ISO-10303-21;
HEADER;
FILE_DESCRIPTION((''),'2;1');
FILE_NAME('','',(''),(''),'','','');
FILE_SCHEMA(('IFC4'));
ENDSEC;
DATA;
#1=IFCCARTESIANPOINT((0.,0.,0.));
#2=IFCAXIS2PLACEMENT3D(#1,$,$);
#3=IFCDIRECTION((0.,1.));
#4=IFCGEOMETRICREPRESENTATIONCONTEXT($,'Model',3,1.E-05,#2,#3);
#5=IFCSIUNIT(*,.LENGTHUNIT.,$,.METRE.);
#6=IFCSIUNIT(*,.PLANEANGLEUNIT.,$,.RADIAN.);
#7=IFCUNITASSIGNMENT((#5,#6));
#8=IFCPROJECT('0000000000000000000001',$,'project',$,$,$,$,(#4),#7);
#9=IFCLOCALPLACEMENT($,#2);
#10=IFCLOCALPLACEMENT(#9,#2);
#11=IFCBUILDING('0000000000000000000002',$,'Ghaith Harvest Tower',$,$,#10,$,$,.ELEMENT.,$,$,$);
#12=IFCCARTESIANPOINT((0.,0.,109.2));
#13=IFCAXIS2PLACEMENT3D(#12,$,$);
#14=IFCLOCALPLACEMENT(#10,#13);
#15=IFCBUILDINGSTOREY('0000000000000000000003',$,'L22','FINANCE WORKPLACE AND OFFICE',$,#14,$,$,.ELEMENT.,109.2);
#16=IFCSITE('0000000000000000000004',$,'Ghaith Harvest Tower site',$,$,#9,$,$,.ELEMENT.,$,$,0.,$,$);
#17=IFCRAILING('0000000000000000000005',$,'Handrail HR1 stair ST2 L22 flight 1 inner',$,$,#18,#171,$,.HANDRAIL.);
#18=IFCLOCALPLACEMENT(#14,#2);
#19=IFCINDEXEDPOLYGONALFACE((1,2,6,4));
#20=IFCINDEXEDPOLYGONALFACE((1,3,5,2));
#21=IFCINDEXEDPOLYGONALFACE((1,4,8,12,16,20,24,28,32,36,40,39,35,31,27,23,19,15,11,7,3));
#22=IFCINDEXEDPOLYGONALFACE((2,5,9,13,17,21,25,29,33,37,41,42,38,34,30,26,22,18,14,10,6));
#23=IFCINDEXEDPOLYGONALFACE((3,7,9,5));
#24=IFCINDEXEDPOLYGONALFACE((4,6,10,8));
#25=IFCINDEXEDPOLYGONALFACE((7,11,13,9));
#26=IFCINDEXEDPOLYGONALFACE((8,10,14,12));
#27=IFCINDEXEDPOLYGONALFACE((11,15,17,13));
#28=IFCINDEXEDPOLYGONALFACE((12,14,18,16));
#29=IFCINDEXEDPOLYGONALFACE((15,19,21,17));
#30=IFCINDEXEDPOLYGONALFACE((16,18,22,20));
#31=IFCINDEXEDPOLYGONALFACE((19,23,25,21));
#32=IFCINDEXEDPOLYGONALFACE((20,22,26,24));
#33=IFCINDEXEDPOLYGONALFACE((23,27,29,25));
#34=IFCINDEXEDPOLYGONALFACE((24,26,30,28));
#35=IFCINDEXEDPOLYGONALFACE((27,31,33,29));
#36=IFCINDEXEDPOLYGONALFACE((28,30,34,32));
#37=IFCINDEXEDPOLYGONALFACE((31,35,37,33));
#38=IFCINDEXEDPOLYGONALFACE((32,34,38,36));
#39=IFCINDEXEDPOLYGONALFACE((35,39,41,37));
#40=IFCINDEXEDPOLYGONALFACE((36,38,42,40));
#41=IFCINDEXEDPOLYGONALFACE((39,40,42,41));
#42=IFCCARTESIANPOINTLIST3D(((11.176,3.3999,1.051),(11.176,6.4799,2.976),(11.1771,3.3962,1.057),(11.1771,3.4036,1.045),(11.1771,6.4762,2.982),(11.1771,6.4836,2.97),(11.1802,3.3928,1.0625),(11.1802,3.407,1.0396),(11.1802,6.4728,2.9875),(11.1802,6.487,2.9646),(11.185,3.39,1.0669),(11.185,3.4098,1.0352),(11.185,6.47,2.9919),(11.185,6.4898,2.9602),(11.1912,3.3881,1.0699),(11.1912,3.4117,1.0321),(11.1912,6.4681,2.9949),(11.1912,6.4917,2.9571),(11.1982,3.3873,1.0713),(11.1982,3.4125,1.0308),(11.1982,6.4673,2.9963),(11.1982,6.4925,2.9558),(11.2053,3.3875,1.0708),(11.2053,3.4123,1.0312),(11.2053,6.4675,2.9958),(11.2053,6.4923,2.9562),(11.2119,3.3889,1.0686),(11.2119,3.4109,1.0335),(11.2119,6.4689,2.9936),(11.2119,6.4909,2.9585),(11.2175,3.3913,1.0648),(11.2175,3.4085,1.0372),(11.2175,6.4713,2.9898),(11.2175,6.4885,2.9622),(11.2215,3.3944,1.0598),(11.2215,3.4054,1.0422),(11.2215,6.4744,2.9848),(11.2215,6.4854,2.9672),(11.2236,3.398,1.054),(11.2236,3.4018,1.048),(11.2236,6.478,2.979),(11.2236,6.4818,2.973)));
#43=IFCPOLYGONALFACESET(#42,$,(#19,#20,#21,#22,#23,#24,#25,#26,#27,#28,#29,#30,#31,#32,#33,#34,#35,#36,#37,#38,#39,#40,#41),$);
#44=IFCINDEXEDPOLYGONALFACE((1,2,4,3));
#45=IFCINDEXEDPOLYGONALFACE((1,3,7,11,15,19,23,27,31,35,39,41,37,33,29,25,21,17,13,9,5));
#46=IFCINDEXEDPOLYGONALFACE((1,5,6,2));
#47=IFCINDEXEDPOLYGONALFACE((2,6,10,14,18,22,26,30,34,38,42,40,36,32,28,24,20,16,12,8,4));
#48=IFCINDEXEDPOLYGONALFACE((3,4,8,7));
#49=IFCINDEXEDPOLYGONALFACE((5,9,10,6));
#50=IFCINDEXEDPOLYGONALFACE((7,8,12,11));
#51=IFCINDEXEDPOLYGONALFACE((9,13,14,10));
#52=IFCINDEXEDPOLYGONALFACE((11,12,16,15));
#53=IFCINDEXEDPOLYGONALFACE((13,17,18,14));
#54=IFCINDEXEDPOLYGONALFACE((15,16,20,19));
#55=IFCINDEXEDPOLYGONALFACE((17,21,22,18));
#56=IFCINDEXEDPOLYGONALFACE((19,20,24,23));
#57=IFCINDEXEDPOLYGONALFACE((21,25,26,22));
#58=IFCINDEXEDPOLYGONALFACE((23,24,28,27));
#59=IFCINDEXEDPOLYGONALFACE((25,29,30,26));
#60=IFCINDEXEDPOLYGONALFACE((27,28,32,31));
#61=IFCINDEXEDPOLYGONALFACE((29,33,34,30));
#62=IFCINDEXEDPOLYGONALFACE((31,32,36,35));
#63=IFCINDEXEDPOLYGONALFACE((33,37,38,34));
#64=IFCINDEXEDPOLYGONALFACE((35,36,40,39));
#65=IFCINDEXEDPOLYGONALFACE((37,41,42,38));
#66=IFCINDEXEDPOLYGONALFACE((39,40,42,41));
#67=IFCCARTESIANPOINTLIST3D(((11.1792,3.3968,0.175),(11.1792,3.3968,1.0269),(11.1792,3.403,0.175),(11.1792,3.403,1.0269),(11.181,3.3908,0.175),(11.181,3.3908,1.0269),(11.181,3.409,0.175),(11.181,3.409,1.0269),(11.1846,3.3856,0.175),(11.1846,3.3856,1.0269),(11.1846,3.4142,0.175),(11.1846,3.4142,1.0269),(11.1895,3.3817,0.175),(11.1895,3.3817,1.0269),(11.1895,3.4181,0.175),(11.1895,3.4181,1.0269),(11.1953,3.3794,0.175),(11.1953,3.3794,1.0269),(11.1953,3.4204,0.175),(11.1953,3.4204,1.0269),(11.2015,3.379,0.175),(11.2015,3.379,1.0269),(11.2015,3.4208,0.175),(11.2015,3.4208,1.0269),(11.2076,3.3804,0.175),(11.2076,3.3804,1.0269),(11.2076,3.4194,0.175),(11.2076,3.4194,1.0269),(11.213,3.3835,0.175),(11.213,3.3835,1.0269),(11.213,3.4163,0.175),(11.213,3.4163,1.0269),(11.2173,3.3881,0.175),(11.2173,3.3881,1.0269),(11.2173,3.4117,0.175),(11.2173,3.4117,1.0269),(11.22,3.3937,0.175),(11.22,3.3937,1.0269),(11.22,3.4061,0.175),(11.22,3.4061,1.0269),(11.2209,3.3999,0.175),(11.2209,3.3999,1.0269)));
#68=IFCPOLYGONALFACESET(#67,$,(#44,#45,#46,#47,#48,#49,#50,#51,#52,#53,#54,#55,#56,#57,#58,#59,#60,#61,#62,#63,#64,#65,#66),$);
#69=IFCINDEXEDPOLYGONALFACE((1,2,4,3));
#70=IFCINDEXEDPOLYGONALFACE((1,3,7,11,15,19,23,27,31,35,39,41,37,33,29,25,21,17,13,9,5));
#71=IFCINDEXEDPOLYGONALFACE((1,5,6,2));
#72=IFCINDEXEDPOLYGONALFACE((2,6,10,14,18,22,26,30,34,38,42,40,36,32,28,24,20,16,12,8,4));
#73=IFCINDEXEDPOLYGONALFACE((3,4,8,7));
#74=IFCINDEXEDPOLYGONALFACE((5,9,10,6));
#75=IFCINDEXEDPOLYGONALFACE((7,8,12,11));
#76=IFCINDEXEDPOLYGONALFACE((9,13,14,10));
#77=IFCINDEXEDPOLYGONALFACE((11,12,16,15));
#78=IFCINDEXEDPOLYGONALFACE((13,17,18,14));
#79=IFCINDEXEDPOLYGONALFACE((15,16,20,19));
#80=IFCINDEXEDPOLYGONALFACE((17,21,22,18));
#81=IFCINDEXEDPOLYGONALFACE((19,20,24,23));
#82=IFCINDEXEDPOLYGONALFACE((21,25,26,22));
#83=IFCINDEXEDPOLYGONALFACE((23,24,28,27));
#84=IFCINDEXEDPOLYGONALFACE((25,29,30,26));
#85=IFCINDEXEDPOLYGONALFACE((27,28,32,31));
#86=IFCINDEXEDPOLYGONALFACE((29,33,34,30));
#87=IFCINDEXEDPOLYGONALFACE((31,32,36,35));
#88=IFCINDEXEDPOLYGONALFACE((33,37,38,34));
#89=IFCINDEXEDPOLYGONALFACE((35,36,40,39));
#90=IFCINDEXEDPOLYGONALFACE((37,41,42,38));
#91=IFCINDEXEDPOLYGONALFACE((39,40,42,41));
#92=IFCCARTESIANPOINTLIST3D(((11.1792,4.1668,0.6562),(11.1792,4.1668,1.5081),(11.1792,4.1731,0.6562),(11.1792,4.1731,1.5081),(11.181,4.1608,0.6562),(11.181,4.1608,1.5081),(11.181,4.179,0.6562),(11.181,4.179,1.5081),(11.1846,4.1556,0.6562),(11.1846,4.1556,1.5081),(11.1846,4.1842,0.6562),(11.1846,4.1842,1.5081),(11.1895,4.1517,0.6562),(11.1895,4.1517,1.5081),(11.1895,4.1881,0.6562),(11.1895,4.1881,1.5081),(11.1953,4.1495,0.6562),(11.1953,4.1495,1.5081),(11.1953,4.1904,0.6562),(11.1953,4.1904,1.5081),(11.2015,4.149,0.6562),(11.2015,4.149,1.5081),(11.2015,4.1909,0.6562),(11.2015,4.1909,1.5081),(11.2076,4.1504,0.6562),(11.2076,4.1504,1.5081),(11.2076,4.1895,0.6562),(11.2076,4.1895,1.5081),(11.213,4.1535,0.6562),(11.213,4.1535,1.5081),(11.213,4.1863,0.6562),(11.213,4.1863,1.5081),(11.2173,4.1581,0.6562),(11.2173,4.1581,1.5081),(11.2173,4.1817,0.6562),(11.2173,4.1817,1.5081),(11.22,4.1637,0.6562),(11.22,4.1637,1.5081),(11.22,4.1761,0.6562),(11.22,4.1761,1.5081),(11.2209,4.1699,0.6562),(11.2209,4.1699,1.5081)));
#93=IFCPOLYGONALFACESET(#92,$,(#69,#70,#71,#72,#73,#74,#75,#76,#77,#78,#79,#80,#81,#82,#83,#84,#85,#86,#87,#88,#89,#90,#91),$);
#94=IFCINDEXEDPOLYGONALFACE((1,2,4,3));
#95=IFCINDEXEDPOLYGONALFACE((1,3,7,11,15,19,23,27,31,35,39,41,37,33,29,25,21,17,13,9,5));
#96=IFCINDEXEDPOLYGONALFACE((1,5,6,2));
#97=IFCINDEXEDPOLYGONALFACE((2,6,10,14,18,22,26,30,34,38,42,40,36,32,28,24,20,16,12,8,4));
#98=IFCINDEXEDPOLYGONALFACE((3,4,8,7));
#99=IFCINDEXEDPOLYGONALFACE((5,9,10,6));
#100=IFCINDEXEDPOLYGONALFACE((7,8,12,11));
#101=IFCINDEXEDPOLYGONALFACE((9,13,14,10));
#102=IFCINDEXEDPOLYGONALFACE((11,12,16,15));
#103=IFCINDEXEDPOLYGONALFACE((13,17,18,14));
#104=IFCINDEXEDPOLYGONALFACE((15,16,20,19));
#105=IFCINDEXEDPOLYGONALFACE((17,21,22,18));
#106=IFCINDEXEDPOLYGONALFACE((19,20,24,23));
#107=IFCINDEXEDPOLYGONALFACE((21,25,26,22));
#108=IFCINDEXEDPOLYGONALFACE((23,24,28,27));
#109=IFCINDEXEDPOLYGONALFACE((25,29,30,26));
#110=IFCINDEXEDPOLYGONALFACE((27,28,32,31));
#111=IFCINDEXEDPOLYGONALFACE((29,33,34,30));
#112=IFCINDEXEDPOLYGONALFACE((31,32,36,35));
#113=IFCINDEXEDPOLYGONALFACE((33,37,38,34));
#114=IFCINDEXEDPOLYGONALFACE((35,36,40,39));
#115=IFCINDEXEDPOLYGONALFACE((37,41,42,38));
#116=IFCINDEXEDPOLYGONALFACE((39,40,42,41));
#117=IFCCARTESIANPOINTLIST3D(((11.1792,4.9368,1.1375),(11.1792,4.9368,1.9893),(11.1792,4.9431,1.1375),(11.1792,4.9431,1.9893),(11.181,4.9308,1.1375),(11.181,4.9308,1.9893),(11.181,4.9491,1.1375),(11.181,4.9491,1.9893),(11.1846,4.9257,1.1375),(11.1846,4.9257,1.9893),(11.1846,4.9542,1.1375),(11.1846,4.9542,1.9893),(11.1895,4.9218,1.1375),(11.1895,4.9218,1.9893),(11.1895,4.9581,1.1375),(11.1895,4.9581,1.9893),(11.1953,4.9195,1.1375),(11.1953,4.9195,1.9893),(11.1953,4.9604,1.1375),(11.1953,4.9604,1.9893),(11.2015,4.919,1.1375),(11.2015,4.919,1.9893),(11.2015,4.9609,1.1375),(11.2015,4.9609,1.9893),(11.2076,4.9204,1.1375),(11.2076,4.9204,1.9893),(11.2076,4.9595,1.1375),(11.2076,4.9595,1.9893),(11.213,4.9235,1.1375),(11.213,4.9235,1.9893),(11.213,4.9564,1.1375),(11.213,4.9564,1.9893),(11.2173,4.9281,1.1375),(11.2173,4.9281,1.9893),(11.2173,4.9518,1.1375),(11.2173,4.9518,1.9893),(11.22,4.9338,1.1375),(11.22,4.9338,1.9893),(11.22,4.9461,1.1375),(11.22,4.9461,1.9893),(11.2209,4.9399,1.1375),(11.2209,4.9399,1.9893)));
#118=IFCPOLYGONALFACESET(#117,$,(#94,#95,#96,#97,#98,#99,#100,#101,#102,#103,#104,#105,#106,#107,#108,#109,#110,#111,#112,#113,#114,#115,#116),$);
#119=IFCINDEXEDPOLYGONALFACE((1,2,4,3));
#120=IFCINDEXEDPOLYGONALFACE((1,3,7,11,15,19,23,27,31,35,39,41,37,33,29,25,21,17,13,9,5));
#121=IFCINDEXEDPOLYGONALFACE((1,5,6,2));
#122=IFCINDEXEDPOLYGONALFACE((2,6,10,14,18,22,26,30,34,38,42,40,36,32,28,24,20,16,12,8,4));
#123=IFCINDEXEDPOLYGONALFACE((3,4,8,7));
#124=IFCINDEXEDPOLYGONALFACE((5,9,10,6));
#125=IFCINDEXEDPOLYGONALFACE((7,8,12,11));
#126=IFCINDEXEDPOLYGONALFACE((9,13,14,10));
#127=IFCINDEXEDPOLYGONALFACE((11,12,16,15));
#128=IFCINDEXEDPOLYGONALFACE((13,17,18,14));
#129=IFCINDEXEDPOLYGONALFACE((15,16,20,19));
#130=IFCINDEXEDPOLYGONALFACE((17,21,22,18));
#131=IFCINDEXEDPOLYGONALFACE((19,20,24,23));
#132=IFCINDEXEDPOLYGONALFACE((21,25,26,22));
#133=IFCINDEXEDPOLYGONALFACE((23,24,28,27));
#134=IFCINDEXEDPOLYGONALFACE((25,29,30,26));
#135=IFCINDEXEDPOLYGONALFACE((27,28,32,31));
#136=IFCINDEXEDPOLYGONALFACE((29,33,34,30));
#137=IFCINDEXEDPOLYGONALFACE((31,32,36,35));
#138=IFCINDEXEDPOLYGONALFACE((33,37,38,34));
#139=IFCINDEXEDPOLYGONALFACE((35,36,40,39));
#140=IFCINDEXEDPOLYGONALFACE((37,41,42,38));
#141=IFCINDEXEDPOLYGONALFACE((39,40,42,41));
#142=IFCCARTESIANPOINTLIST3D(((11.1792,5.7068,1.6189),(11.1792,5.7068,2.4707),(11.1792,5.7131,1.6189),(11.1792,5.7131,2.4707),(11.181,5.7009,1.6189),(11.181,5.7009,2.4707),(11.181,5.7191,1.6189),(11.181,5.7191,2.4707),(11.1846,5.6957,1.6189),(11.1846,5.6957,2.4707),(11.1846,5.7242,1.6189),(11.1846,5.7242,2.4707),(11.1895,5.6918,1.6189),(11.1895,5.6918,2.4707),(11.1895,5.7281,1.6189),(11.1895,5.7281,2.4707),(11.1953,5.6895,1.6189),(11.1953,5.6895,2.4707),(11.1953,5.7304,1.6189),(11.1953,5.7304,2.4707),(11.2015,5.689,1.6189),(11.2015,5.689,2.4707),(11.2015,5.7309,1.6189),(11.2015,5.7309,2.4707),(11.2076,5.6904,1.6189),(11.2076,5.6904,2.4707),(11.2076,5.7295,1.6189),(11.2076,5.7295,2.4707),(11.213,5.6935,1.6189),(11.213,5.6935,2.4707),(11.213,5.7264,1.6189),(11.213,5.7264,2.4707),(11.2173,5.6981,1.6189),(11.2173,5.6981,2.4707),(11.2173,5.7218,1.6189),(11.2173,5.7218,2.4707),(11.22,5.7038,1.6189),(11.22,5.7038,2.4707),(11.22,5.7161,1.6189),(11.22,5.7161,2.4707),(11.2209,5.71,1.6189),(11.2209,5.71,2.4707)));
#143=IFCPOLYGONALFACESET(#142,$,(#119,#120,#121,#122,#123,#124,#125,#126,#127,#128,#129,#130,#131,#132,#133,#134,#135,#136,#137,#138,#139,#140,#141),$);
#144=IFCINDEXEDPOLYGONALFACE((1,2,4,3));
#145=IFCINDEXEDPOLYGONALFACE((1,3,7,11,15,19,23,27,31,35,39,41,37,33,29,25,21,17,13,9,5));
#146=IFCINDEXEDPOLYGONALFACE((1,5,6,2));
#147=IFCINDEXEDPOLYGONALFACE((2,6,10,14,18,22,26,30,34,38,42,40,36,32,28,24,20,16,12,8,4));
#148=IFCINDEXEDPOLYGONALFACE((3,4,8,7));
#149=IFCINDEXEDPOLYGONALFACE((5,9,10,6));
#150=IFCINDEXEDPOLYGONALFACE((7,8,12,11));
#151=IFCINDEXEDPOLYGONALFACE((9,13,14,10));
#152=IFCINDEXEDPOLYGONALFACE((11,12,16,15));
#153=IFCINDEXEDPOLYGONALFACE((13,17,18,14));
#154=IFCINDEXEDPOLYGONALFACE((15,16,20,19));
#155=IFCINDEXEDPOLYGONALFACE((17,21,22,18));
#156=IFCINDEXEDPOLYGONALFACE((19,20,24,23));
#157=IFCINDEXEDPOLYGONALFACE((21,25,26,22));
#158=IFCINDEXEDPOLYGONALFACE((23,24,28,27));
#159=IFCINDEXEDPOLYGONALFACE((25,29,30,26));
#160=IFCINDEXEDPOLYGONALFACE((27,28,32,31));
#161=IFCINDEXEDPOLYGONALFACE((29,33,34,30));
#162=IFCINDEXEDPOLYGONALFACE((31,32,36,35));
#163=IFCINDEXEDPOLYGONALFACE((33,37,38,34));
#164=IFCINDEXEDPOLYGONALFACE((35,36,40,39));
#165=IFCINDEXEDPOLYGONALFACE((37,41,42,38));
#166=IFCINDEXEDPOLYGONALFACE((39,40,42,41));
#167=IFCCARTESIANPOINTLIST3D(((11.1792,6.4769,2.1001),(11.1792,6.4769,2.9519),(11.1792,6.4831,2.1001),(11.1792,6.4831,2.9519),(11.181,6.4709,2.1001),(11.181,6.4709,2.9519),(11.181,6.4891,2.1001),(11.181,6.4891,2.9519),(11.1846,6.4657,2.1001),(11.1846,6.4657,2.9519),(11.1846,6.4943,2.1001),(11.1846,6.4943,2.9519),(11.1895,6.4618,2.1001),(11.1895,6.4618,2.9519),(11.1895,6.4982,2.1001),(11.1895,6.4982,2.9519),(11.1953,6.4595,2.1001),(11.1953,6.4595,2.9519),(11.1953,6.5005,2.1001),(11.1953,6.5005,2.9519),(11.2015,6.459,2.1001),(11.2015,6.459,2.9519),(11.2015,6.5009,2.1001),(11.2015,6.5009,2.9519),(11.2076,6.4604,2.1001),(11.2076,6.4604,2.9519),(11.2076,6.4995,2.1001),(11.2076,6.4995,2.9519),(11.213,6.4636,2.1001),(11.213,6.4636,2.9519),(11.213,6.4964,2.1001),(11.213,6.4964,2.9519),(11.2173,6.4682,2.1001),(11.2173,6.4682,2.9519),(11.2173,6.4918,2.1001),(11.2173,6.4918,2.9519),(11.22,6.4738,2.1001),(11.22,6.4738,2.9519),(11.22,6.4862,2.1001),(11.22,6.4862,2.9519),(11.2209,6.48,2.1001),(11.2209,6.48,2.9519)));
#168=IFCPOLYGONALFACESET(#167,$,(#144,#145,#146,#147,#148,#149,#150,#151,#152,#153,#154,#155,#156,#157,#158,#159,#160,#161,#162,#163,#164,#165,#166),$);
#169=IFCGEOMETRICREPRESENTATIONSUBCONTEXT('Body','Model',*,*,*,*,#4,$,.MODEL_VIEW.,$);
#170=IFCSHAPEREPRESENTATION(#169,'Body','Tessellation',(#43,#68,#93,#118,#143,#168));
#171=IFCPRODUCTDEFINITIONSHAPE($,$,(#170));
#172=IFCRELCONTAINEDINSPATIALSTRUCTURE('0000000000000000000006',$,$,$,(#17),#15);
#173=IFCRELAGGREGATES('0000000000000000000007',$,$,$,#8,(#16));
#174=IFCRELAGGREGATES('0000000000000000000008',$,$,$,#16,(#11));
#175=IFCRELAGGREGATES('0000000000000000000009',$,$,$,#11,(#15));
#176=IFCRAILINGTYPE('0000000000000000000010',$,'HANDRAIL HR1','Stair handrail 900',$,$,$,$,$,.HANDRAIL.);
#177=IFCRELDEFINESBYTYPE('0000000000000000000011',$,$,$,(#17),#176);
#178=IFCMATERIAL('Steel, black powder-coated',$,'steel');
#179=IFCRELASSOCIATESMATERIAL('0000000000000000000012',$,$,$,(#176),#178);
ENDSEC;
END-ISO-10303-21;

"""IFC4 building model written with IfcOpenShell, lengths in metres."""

from ifc_helpers import new_model, si_unit, direction, frame, origin, origin_2d, place, context, subcontext, project, spatial, circle, extrude, material, type_object, element, save


model = new_model("IFC4")

# Units and contexts
model_context = context("Model", 3, precision=1e-05, world=origin(), true_north=direction((0.0, 1.0)))
body_context = subcontext(model_context, "Body", "Model", "MODEL_VIEW")
ifc_project = project(units=[si_unit("LENGTHUNIT", "METRE"), si_unit("PLANEANGLEUNIT", "RADIAN")], contexts=[model_context])

# Site, building, storey
site_placement = place(None, origin())
site = spatial("IfcSite", under=ifc_project, at=site_placement, Name="Ghaith Harvest Tower site", CompositionType="ELEMENT", RefElevation=0.0)
building_placement = place(site_placement, origin())
building = spatial("IfcBuilding", under=site, at=building_placement, Name="Ghaith Harvest Tower", CompositionType="ELEMENT")
storey_placement = place(building_placement, frame((0.0, 0.0, 109.2)))
storey = spatial("IfcBuildingStorey", under=building, at=storey_placement, Name="L22", Description="FINANCE WORKPLACE AND OFFICE", CompositionType="ELEMENT", Elevation=109.2)

# Railing
ifc_material_1 = material(Name="Steel, black powder-coated", Category="steel")
railing_type = type_object("IfcRailingType", Name="HANDRAIL HR1", Description="Stair handrail 900", PredefinedType="HANDRAIL", material=ifc_material_1)
railing_1_placement = place(storey_placement, frame((11.2, 3.3999, 0.175)))
element("IfcRailing", 1, at=railing_1_placement, inside=storey, type_object=railing_type, Name="Handrail HR1 stair ST2 L22 flight 1 inner", PredefinedType="HANDRAIL", context=body_context, shape_type="SweptSolid", body=[
    extrude(circle(Radius=0.0239, at=origin_2d()), frame((0.0, 0.0, 0.876), z_axis=(0.0, 0.847998, 0.529999), x_axis=(-1.0, 0.0, 0.0)), (0.0, 0.0, 1.0), 3.6321),
    extrude(circle(Radius=0.021, at=origin_2d()), origin(), (0.0, 0.0, 1.0), 0.8518),
    extrude(circle(Radius=0.021, at=origin_2d()), frame((0.0, 0.77, 0.4812)), (0.0, 0.0, 1.0), 0.8518),
    extrude(circle(Radius=0.021, at=origin_2d()), frame((0.0, 1.54, 0.9624)), (0.0, 0.0, 1.0), 0.8518),
    extrude(circle(Radius=0.021, at=origin_2d()), frame((0.0, 2.3101, 1.4438)), (0.0, 0.0, 1.0), 0.8518),
    extrude(circle(Radius=0.021, at=origin_2d()), frame((0.0, 3.0801, 1.925)), (0.0, 0.0, 1.0), 0.8518),
])

save(model, "model.ifc")
